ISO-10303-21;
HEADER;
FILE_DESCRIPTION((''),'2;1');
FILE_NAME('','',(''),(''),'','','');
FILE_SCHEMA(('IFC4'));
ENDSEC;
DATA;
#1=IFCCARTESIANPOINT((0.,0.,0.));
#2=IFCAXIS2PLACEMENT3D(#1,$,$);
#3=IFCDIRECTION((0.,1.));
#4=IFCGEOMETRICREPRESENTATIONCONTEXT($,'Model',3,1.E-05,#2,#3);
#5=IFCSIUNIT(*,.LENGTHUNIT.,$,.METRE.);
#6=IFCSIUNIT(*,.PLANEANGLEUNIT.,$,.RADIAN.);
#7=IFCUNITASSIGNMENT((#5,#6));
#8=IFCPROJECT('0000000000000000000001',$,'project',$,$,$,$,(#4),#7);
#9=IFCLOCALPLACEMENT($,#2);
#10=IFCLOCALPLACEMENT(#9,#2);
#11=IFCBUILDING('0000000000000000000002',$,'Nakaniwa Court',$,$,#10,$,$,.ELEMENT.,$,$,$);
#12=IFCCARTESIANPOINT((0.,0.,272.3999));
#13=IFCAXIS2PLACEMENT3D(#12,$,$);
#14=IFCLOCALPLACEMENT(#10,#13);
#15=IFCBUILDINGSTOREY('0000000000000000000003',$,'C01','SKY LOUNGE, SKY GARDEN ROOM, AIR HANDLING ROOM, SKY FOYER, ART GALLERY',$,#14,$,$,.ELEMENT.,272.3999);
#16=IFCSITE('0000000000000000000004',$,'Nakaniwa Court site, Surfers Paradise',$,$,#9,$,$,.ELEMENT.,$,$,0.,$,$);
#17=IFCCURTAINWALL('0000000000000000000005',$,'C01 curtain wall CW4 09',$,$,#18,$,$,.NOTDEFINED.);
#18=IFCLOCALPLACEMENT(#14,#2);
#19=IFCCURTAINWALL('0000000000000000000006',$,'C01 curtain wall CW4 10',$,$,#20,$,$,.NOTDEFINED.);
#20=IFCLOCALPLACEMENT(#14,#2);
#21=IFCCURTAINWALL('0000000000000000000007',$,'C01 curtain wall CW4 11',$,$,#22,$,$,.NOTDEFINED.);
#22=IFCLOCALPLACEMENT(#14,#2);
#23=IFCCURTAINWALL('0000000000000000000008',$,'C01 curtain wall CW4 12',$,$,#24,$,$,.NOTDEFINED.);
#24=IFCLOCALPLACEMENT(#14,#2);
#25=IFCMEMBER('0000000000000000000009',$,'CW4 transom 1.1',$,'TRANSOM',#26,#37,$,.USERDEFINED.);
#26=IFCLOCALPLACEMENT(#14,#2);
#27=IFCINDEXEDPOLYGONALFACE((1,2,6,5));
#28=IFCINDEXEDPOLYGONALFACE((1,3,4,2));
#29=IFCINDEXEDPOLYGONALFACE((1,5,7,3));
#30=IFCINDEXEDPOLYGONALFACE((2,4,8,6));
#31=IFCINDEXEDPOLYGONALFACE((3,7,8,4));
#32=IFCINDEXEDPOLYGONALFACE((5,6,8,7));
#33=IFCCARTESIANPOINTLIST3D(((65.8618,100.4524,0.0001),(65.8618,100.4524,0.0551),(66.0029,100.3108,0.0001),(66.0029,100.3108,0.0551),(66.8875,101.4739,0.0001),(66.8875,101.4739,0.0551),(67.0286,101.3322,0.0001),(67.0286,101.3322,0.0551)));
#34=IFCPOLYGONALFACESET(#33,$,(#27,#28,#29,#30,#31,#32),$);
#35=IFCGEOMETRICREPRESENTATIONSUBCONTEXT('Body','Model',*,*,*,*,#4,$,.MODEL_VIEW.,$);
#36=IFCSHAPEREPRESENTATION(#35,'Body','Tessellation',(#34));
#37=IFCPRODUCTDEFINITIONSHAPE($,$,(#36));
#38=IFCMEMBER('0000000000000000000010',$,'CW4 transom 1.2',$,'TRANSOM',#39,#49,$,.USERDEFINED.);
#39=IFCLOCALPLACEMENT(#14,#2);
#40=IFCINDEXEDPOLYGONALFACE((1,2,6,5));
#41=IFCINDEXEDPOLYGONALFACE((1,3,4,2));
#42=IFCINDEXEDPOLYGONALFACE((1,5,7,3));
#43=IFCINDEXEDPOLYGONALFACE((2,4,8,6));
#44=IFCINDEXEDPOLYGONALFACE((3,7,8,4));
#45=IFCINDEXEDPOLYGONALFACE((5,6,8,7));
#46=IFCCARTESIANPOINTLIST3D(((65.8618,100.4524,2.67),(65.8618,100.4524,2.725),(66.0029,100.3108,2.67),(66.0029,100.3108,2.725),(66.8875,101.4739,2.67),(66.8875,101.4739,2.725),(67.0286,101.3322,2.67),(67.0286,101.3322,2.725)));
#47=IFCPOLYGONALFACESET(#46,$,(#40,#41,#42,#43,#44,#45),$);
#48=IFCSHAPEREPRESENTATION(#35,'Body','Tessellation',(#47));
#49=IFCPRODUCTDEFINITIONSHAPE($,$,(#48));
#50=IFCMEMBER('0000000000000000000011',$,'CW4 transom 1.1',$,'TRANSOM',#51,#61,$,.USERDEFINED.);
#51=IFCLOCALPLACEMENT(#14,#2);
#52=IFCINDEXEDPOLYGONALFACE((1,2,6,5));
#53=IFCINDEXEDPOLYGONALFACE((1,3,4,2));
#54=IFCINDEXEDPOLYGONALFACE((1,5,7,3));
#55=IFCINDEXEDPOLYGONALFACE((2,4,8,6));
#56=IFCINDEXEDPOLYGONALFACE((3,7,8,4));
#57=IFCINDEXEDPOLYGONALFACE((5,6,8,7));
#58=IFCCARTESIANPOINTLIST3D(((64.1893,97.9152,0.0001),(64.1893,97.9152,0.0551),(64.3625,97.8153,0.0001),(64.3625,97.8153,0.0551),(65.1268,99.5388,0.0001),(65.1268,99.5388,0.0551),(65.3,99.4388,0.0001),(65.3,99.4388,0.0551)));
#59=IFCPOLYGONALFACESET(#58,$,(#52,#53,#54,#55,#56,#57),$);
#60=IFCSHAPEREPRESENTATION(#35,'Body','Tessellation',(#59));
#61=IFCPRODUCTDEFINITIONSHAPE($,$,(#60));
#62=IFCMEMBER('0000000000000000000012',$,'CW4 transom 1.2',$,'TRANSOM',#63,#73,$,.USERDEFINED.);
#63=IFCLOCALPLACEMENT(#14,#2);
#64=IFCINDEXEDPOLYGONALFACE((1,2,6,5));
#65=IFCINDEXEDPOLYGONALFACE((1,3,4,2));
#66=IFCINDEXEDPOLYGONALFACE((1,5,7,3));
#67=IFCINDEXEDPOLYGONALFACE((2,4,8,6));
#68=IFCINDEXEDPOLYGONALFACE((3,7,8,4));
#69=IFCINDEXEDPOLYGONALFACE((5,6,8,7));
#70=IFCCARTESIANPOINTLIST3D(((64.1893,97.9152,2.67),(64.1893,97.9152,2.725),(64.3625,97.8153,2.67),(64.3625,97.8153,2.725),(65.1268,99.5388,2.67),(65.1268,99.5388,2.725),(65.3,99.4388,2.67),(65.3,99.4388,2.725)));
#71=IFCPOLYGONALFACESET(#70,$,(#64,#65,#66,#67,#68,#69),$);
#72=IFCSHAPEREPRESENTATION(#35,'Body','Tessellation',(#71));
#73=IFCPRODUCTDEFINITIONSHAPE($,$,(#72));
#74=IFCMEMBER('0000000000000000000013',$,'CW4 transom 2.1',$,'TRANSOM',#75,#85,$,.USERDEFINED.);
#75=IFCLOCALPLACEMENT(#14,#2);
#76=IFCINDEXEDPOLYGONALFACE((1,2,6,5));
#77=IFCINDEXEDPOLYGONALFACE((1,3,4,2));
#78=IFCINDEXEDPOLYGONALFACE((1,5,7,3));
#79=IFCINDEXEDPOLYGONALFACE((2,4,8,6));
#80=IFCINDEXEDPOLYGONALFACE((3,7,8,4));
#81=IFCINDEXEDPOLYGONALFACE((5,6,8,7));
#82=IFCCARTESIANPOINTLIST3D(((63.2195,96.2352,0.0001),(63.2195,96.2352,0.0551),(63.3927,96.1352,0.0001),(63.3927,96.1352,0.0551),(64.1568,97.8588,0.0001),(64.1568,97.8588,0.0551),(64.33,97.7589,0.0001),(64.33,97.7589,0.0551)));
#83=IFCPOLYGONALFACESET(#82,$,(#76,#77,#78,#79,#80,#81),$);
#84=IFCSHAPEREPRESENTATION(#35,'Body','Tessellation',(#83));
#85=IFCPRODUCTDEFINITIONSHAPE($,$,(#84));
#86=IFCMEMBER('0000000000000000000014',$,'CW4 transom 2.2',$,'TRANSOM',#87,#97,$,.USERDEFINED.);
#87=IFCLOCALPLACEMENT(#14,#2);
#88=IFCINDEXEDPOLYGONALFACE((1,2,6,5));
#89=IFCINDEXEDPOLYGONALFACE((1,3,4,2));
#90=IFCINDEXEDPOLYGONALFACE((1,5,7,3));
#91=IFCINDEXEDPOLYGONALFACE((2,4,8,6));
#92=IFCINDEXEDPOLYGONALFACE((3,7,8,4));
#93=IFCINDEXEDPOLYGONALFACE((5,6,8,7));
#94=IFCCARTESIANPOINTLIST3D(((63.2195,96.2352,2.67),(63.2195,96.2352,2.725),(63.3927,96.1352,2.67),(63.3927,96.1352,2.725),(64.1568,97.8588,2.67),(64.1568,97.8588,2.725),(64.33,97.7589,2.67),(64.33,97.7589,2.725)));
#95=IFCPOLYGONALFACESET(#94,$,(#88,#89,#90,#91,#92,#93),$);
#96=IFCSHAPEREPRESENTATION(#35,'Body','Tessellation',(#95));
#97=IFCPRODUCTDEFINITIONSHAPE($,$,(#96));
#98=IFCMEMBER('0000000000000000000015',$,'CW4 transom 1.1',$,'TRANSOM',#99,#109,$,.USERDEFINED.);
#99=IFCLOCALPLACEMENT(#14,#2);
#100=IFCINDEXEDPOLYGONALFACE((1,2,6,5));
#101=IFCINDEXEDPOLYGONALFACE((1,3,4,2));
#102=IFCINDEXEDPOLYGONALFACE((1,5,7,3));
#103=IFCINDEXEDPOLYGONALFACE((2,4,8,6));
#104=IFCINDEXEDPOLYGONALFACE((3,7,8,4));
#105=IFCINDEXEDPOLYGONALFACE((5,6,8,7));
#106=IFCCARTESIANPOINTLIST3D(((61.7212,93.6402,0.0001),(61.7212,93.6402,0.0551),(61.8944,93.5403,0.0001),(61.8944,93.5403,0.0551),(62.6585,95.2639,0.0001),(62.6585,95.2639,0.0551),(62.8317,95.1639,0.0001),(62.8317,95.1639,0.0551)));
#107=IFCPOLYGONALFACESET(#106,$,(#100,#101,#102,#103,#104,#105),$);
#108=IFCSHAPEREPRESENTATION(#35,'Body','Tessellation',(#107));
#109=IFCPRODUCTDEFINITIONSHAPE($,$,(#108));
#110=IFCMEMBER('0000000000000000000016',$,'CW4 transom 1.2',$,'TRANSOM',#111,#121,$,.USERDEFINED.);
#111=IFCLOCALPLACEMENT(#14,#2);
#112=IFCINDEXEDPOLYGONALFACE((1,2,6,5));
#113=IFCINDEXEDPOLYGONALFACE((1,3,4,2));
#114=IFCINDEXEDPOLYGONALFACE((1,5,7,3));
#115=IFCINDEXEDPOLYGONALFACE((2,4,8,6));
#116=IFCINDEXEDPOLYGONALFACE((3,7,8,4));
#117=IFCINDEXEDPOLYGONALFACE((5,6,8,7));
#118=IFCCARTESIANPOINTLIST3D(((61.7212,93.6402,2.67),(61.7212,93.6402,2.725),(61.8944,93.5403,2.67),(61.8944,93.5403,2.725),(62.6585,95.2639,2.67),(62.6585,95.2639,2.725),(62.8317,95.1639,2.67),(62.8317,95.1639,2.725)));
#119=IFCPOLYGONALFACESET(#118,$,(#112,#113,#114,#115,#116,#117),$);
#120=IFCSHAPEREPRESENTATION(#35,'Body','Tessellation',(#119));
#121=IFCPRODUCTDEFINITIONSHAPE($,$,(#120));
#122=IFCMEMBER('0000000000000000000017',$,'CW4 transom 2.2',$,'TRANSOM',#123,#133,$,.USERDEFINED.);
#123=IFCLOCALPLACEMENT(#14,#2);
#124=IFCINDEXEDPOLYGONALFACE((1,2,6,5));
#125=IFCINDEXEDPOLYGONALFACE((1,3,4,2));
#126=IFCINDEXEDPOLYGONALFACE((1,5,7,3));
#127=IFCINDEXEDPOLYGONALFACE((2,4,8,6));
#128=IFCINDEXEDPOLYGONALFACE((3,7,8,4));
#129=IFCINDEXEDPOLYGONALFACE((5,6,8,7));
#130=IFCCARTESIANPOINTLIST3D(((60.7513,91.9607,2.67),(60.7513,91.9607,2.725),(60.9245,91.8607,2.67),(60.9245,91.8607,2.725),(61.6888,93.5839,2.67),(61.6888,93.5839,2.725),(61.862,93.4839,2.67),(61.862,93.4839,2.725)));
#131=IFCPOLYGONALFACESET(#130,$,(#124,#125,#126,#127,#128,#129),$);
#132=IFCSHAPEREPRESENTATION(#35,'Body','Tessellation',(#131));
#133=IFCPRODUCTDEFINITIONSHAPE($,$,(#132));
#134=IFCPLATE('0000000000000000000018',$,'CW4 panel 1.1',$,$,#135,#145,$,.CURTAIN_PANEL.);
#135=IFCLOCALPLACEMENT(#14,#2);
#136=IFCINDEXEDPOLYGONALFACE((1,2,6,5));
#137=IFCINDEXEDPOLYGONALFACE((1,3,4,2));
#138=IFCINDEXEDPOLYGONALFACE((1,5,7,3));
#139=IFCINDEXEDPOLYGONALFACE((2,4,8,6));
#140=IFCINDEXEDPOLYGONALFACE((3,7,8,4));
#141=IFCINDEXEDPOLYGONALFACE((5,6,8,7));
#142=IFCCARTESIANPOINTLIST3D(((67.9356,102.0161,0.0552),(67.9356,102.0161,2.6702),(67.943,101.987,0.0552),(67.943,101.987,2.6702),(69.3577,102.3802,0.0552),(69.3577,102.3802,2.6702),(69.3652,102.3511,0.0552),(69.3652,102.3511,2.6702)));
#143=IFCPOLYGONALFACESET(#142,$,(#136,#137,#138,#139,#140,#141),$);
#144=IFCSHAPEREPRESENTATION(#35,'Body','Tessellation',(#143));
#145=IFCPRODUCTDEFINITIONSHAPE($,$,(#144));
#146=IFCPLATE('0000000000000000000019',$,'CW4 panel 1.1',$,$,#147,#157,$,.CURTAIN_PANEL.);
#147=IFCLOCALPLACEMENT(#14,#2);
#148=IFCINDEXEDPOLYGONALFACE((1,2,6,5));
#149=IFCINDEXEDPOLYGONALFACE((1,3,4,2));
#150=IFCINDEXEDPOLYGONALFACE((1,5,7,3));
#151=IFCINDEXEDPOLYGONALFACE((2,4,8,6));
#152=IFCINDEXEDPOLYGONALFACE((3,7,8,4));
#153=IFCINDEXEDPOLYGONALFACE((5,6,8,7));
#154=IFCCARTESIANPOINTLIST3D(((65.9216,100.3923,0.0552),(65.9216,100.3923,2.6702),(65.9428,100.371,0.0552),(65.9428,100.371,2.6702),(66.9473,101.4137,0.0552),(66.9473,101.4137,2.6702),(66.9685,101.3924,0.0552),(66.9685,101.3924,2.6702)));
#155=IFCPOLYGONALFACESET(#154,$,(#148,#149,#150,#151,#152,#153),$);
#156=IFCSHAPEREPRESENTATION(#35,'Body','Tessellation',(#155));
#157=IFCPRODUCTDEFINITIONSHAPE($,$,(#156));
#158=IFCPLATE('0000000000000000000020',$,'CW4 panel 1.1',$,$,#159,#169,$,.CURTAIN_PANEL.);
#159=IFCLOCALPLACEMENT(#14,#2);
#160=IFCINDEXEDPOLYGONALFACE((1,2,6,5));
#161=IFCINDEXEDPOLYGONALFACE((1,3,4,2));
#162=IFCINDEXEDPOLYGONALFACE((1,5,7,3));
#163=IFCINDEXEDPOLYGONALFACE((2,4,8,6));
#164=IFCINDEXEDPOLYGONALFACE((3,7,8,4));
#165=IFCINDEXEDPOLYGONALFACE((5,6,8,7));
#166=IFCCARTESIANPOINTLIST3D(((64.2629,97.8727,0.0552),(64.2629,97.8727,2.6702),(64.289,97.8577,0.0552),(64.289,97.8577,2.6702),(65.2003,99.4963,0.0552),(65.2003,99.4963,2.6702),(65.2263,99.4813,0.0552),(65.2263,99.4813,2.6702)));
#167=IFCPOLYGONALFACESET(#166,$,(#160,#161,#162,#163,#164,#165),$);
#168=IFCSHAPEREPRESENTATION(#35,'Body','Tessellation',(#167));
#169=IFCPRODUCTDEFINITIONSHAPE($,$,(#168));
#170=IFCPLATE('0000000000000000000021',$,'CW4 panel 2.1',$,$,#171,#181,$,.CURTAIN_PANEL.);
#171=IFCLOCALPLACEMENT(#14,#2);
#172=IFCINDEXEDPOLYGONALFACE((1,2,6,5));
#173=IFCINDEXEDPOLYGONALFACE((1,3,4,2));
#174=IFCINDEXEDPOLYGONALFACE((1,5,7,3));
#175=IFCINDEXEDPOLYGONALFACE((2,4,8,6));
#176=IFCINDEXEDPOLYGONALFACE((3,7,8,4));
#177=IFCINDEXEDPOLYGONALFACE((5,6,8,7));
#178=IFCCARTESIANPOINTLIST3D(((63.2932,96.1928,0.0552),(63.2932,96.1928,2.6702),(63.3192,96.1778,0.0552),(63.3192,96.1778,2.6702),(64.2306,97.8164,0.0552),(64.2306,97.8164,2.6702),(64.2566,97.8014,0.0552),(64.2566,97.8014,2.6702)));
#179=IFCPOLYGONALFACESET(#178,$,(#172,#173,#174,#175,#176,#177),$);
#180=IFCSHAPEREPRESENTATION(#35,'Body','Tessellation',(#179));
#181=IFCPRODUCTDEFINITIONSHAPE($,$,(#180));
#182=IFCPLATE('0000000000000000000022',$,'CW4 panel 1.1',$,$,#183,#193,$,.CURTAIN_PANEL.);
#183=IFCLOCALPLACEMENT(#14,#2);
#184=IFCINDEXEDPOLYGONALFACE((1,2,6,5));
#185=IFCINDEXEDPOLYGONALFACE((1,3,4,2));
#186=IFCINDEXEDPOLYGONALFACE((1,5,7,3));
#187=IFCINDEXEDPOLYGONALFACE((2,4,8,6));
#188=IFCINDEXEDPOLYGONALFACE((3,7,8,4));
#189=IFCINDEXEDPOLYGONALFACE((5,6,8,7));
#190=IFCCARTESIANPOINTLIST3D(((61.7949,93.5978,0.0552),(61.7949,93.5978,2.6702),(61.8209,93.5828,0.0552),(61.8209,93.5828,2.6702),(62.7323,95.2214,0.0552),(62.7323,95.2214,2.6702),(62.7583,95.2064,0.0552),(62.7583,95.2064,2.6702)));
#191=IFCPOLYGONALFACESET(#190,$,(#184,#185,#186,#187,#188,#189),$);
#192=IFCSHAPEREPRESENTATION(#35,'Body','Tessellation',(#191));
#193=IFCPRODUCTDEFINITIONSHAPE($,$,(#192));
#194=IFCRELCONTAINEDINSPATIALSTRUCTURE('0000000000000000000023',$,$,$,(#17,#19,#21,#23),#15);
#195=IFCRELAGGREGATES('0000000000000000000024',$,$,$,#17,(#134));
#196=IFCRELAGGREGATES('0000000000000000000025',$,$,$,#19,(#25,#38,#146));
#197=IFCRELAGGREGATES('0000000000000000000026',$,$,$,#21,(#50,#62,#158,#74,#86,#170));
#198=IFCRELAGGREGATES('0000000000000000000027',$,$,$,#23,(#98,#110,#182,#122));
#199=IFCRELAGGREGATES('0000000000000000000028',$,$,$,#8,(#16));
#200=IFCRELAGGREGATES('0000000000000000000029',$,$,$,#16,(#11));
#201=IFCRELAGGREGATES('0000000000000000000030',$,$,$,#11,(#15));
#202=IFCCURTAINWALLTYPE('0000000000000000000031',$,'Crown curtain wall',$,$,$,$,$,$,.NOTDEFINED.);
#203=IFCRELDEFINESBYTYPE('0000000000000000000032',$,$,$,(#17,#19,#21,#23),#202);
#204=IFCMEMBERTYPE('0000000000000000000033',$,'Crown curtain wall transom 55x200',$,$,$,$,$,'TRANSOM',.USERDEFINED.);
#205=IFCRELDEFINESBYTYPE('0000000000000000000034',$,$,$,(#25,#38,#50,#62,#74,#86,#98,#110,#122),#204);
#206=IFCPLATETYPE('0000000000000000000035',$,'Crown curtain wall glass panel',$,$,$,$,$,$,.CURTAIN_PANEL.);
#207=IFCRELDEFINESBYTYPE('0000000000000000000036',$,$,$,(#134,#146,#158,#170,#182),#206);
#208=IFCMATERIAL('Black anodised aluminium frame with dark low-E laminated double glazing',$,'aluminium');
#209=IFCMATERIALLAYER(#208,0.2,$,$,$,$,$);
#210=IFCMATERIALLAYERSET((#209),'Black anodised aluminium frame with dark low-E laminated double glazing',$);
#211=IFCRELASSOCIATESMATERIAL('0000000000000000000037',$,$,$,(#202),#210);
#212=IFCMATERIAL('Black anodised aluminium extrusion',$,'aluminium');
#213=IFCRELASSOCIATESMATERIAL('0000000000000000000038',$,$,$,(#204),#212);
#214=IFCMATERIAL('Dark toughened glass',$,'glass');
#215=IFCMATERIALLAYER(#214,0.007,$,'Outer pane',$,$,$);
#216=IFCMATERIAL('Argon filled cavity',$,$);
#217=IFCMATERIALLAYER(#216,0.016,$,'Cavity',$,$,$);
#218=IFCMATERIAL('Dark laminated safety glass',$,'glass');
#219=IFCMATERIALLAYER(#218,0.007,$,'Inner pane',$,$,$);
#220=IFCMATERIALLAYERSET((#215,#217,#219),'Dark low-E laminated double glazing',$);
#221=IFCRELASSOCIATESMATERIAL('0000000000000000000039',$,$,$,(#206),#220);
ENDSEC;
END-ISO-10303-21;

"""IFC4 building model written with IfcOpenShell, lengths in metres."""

from ifc_helpers import new_model, si_unit, direction, frame, origin, origin_2d, place, context, subcontext, project, spatial, rectangle, extrude, material, layer, layer_set, material_profile, profile_set, type_object, element, aggregate, save


model = new_model("IFC4")

# Units and contexts
model_context = context("Model", 3, precision=1e-05, world=origin(), true_north=direction((0.0, 1.0)))
body_context = subcontext(model_context, "Body", "Model", "MODEL_VIEW")
ifc_project = project(units=[si_unit("LENGTHUNIT", "METRE"), si_unit("PLANEANGLEUNIT", "RADIAN")], contexts=[model_context])

# Site, building, storey
site_placement = place(None, origin())
site = spatial("IfcSite", under=ifc_project, at=site_placement, Name="Nakaniwa Court site, Surfers Paradise", CompositionType="ELEMENT", RefElevation=0.0)
building_placement = place(site_placement, origin())
building = spatial("IfcBuilding", under=site, at=building_placement, Name="Nakaniwa Court", CompositionType="ELEMENT")
storey_placement = place(building_placement, frame((0.0, 0.0, 272.3999)))
storey = spatial("IfcBuildingStorey", under=building, at=storey_placement, Name="C01", Description="SKY LOUNGE, SKY GARDEN ROOM, AIR HANDLING ROOM, SKY FOYER, ART GALLERY", CompositionType="ELEMENT", Elevation=272.3999)

# Curtain wall
ifc_material_1 = material(Name="Black anodised aluminium frame with dark low-E laminated double glazing", Category="aluminium")
ifc_layer_1 = layer(ifc_material_1, 0.2)
ifc_layer_set_1 = layer_set([ifc_layer_1], Name="Black anodised aluminium frame with dark low-E laminated double glazing")
curtain_wall_type = type_object("IfcCurtainWallType", Name="Crown curtain wall", PredefinedType="NOTDEFINED", material=ifc_layer_set_1)
curtain_wall_1_placement = place(storey_placement, origin())
curtain_wall_1 = element("IfcCurtainWall", 1, at=curtain_wall_1_placement, inside=storey, type_object=curtain_wall_type, Name="C01 curtain wall CW4 09", PredefinedType="NOTDEFINED")
ifc_material_2 = material(Name="Black anodised aluminium extrusion", Category="aluminium")

# Curtain walls
curtain_wall_2_placement = place(storey_placement, origin())
curtain_wall_2 = element("IfcCurtainWall", 2, at=curtain_wall_2_placement, inside=storey, type_object=curtain_wall_type, Name="C01 curtain wall CW4 10", PredefinedType="NOTDEFINED")
curtain_wall_3_placement = place(storey_placement, origin())
curtain_wall_3 = element("IfcCurtainWall", 3, at=curtain_wall_3_placement, inside=storey, type_object=curtain_wall_type, Name="C01 curtain wall CW4 11", PredefinedType="NOTDEFINED")
curtain_wall_4_placement = place(storey_placement, origin())
curtain_wall_4 = element("IfcCurtainWall", 4, at=curtain_wall_4_placement, inside=storey, type_object=curtain_wall_type, Name="C01 curtain wall CW4 12", PredefinedType="NOTDEFINED")

# Members
ifc_material_profile_1 = material_profile(ifc_material_2, rectangle(XDim=0.2, YDim=0.0549, at=origin_2d()), Name="Crown curtain wall transom 55x200")
ifc_profile_set_1 = profile_set([ifc_material_profile_1], Name="Black anodised aluminium extrusion")
member_type_1 = type_object("IfcMemberType", Name="Crown curtain wall transom 55x200", ElementType="TRANSOM", PredefinedType="USERDEFINED", material=ifc_profile_set_1)
member_1_placement = place(storey_placement, frame((66.958, 101.4031, 0.0276), z_axis=(-0.708539, -0.705672, 0.0), x_axis=(0.705672, -0.708539, 0.0)))
member_1 = element("IfcMember", 5, at=member_1_placement, type_object=member_type_1, Name="CW4 transom 1.1", ObjectType="TRANSOM", PredefinedType="USERDEFINED", context=body_context, shape_type="SweptSolid", body=[
    extrude(rectangle(XDim=0.2, YDim=0.0549, at=origin_2d()), origin(), (0.0, 0.0, 1.0), 1.4475),
])
member_2_placement = place(storey_placement, frame((66.958, 101.4031, 2.6975), z_axis=(-0.708539, -0.705672, 0.0), x_axis=(0.705672, -0.708539, 0.0)))
member_2 = element("IfcMember", 6, at=member_2_placement, type_object=member_type_1, Name="CW4 transom 1.2", ObjectType="TRANSOM", PredefinedType="USERDEFINED", context=body_context, shape_type="SweptSolid", body=[
    extrude(rectangle(XDim=0.2, YDim=0.0549, at=origin_2d()), origin(), (0.0, 0.0, 1.0), 1.4475),
])
member_3_placement = place(storey_placement, frame((65.2134, 99.4888, 0.0276), z_axis=(-0.500061, -0.86599, 0.0), x_axis=(0.86599, -0.500061, 0.0)))
member_3 = element("IfcMember", 7, at=member_3_placement, type_object=member_type_1, Name="CW4 transom 1.1", ObjectType="TRANSOM", PredefinedType="USERDEFINED", context=body_context, shape_type="SweptSolid", body=[
    extrude(rectangle(XDim=0.2, YDim=0.0549, at=origin_2d()), origin(), (0.0, 0.0, 1.0), 1.8748),
])
member_4_placement = place(storey_placement, frame((65.2134, 99.4888, 2.6975), z_axis=(-0.500061, -0.86599, 0.0), x_axis=(0.86599, -0.500061, 0.0)))
member_4 = element("IfcMember", 8, at=member_4_placement, type_object=member_type_1, Name="CW4 transom 1.2", ObjectType="TRANSOM", PredefinedType="USERDEFINED", context=body_context, shape_type="SweptSolid", body=[
    extrude(rectangle(XDim=0.2, YDim=0.0549, at=origin_2d()), origin(), (0.0, 0.0, 1.0), 1.8748),
])
member_5_placement = place(storey_placement, frame((64.2434, 97.8088, 0.0276), z_axis=(-0.499963, -0.866047, 0.0), x_axis=(0.866047, -0.499963, 0.0)))
member_5 = element("IfcMember", 9, at=member_5_placement, type_object=member_type_1, Name="CW4 transom 2.1", ObjectType="TRANSOM", PredefinedType="USERDEFINED", context=body_context, shape_type="SweptSolid", body=[
    extrude(rectangle(XDim=0.2, YDim=0.0549, at=origin_2d()), origin(), (0.0, 0.0, 1.0), 1.8748),
])
member_6_placement = place(storey_placement, frame((64.2434, 97.8088, 2.6975), z_axis=(-0.499963, -0.866047, 0.0), x_axis=(0.866047, -0.499963, 0.0)))
member_6 = element("IfcMember", 10, at=member_6_placement, type_object=member_type_1, Name="CW4 transom 2.2", ObjectType="TRANSOM", PredefinedType="USERDEFINED", context=body_context, shape_type="SweptSolid", body=[
    extrude(rectangle(XDim=0.2, YDim=0.0549, at=origin_2d()), origin(), (0.0, 0.0, 1.0), 1.8748),
])
member_7_placement = place(storey_placement, frame((62.7451, 95.2139, 0.0276), z_axis=(-0.499963, -0.866047, 0.0), x_axis=(0.866047, -0.499963, 0.0)))
member_7 = element("IfcMember", 11, at=member_7_placement, type_object=member_type_1, Name="CW4 transom 1.1", ObjectType="TRANSOM", PredefinedType="USERDEFINED", context=body_context, shape_type="SweptSolid", body=[
    extrude(rectangle(XDim=0.2, YDim=0.0549, at=origin_2d()), origin(), (0.0, 0.0, 1.0), 1.8748),
])
member_8_placement = place(storey_placement, frame((62.7451, 95.2139, 2.6975), z_axis=(-0.499963, -0.866047, 0.0), x_axis=(0.866047, -0.499963, 0.0)))
member_8 = element("IfcMember", 12, at=member_8_placement, type_object=member_type_1, Name="CW4 transom 1.2", ObjectType="TRANSOM", PredefinedType="USERDEFINED", context=body_context, shape_type="SweptSolid", body=[
    extrude(rectangle(XDim=0.2, YDim=0.0549, at=origin_2d()), origin(), (0.0, 0.0, 1.0), 1.8748),
])
member_9_placement = place(storey_placement, frame((61.7754, 93.5339, 2.6975), z_axis=(-0.500117, -0.865958, 0.0), x_axis=(0.865958, -0.500117, 0.0)))
member_9 = element("IfcMember", 13, at=member_9_placement, type_object=member_type_1, Name="CW4 transom 2.2", ObjectType="TRANSOM", PredefinedType="USERDEFINED", context=body_context, shape_type="SweptSolid", body=[
    extrude(rectangle(XDim=0.2, YDim=0.0549, at=origin_2d()), origin(), (0.0, 0.0, 1.0), 1.8745),
])

# Plates
ifc_material_3 = material(Name="Dark toughened glass", Category="glass")
ifc_layer_2 = layer(ifc_material_3, 0.007, Name="Outer pane")
ifc_material_4 = material(Name="Argon filled cavity")
ifc_layer_3 = layer(ifc_material_4, 0.016, Name="Cavity")
ifc_material_5 = material(Name="Dark laminated safety glass", Category="glass")
ifc_layer_4 = layer(ifc_material_5, 0.007, Name="Inner pane")
ifc_layer_set_2 = layer_set([ifc_layer_2, ifc_layer_3, ifc_layer_4], Name="Dark low-E laminated double glazing")
plate_type = type_object("IfcPlateType", Name="Crown curtain wall glass panel", PredefinedType="CURTAIN_PANEL", material=ifc_layer_set_2)
plate_1_placement = place(storey_placement, frame((68.6504, 102.1836, 0.0552), z_axis=(0.0, 0.0, 1.0), x_axis=(-0.968746, -0.248053, 0.0)))
plate_1 = element("IfcPlate", 14, at=plate_1_placement, type_object=plate_type, Name="CW4 panel 1.1", PredefinedType="CURTAIN_PANEL", context=body_context, shape_type="SweptSolid", body=[
    extrude(rectangle(XDim=1.468, YDim=0.03, at=origin_2d()), origin(), (0.0, 0.0, 1.0), 2.615),
])
aggregate(curtain_wall_1, [plate_1])
plate_2_placement = place(storey_placement, frame((66.4451, 100.8923, 0.0552), z_axis=(0.0, 0.0, 1.0), x_axis=(-0.708563, -0.705647, 0.0)))
plate_2 = element("IfcPlate", 15, at=plate_2_placement, type_object=plate_type, Name="CW4 panel 1.1", PredefinedType="CURTAIN_PANEL", context=body_context, shape_type="SweptSolid", body=[
    extrude(rectangle(XDim=1.4475, YDim=0.03, at=origin_2d()), origin(), (0.0, 0.0, 1.0), 2.615),
])
aggregate(curtain_wall_2, [member_1, member_2, plate_2])
plate_3_placement = place(storey_placement, frame((64.7446, 98.677, 0.0552), z_axis=(0.0, 0.0, 1.0), x_axis=(-0.499987, -0.866033, 0.0)))
plate_3 = element("IfcPlate", 16, at=plate_3_placement, type_object=plate_type, Name="CW4 panel 1.1", PredefinedType="CURTAIN_PANEL", context=body_context, shape_type="SweptSolid", body=[
    extrude(rectangle(XDim=1.8748, YDim=0.03, at=origin_2d()), origin(), (0.0, 0.0, 1.0), 2.615),
])
plate_4_placement = place(storey_placement, frame((63.7749, 96.9971, 0.0552), z_axis=(0.0, 0.0, 1.0), x_axis=(-0.499987, -0.866033, 0.0)))
plate_4 = element("IfcPlate", 17, at=plate_4_placement, type_object=plate_type, Name="CW4 panel 2.1", PredefinedType="CURTAIN_PANEL", context=body_context, shape_type="SweptSolid", body=[
    extrude(rectangle(XDim=1.8748, YDim=0.03, at=origin_2d()), origin(), (0.0, 0.0, 1.0), 2.615),
])
aggregate(curtain_wall_3, [member_3, member_4, plate_3, member_5, member_6, plate_4])
plate_5_placement = place(storey_placement, frame((62.2766, 94.4021, 0.0552), z_axis=(0.0, 0.0, 1.0), x_axis=(-0.500017, -0.866016, 0.0)))
plate_5 = element("IfcPlate", 18, at=plate_5_placement, type_object=plate_type, Name="CW4 panel 1.1", PredefinedType="CURTAIN_PANEL", context=body_context, shape_type="SweptSolid", body=[
    extrude(rectangle(XDim=1.8748, YDim=0.03, at=origin_2d()), origin(), (0.0, 0.0, 1.0), 2.615),
])
aggregate(curtain_wall_4, [member_7, member_8, plate_5, member_9])

save(model, "model.ifc")
